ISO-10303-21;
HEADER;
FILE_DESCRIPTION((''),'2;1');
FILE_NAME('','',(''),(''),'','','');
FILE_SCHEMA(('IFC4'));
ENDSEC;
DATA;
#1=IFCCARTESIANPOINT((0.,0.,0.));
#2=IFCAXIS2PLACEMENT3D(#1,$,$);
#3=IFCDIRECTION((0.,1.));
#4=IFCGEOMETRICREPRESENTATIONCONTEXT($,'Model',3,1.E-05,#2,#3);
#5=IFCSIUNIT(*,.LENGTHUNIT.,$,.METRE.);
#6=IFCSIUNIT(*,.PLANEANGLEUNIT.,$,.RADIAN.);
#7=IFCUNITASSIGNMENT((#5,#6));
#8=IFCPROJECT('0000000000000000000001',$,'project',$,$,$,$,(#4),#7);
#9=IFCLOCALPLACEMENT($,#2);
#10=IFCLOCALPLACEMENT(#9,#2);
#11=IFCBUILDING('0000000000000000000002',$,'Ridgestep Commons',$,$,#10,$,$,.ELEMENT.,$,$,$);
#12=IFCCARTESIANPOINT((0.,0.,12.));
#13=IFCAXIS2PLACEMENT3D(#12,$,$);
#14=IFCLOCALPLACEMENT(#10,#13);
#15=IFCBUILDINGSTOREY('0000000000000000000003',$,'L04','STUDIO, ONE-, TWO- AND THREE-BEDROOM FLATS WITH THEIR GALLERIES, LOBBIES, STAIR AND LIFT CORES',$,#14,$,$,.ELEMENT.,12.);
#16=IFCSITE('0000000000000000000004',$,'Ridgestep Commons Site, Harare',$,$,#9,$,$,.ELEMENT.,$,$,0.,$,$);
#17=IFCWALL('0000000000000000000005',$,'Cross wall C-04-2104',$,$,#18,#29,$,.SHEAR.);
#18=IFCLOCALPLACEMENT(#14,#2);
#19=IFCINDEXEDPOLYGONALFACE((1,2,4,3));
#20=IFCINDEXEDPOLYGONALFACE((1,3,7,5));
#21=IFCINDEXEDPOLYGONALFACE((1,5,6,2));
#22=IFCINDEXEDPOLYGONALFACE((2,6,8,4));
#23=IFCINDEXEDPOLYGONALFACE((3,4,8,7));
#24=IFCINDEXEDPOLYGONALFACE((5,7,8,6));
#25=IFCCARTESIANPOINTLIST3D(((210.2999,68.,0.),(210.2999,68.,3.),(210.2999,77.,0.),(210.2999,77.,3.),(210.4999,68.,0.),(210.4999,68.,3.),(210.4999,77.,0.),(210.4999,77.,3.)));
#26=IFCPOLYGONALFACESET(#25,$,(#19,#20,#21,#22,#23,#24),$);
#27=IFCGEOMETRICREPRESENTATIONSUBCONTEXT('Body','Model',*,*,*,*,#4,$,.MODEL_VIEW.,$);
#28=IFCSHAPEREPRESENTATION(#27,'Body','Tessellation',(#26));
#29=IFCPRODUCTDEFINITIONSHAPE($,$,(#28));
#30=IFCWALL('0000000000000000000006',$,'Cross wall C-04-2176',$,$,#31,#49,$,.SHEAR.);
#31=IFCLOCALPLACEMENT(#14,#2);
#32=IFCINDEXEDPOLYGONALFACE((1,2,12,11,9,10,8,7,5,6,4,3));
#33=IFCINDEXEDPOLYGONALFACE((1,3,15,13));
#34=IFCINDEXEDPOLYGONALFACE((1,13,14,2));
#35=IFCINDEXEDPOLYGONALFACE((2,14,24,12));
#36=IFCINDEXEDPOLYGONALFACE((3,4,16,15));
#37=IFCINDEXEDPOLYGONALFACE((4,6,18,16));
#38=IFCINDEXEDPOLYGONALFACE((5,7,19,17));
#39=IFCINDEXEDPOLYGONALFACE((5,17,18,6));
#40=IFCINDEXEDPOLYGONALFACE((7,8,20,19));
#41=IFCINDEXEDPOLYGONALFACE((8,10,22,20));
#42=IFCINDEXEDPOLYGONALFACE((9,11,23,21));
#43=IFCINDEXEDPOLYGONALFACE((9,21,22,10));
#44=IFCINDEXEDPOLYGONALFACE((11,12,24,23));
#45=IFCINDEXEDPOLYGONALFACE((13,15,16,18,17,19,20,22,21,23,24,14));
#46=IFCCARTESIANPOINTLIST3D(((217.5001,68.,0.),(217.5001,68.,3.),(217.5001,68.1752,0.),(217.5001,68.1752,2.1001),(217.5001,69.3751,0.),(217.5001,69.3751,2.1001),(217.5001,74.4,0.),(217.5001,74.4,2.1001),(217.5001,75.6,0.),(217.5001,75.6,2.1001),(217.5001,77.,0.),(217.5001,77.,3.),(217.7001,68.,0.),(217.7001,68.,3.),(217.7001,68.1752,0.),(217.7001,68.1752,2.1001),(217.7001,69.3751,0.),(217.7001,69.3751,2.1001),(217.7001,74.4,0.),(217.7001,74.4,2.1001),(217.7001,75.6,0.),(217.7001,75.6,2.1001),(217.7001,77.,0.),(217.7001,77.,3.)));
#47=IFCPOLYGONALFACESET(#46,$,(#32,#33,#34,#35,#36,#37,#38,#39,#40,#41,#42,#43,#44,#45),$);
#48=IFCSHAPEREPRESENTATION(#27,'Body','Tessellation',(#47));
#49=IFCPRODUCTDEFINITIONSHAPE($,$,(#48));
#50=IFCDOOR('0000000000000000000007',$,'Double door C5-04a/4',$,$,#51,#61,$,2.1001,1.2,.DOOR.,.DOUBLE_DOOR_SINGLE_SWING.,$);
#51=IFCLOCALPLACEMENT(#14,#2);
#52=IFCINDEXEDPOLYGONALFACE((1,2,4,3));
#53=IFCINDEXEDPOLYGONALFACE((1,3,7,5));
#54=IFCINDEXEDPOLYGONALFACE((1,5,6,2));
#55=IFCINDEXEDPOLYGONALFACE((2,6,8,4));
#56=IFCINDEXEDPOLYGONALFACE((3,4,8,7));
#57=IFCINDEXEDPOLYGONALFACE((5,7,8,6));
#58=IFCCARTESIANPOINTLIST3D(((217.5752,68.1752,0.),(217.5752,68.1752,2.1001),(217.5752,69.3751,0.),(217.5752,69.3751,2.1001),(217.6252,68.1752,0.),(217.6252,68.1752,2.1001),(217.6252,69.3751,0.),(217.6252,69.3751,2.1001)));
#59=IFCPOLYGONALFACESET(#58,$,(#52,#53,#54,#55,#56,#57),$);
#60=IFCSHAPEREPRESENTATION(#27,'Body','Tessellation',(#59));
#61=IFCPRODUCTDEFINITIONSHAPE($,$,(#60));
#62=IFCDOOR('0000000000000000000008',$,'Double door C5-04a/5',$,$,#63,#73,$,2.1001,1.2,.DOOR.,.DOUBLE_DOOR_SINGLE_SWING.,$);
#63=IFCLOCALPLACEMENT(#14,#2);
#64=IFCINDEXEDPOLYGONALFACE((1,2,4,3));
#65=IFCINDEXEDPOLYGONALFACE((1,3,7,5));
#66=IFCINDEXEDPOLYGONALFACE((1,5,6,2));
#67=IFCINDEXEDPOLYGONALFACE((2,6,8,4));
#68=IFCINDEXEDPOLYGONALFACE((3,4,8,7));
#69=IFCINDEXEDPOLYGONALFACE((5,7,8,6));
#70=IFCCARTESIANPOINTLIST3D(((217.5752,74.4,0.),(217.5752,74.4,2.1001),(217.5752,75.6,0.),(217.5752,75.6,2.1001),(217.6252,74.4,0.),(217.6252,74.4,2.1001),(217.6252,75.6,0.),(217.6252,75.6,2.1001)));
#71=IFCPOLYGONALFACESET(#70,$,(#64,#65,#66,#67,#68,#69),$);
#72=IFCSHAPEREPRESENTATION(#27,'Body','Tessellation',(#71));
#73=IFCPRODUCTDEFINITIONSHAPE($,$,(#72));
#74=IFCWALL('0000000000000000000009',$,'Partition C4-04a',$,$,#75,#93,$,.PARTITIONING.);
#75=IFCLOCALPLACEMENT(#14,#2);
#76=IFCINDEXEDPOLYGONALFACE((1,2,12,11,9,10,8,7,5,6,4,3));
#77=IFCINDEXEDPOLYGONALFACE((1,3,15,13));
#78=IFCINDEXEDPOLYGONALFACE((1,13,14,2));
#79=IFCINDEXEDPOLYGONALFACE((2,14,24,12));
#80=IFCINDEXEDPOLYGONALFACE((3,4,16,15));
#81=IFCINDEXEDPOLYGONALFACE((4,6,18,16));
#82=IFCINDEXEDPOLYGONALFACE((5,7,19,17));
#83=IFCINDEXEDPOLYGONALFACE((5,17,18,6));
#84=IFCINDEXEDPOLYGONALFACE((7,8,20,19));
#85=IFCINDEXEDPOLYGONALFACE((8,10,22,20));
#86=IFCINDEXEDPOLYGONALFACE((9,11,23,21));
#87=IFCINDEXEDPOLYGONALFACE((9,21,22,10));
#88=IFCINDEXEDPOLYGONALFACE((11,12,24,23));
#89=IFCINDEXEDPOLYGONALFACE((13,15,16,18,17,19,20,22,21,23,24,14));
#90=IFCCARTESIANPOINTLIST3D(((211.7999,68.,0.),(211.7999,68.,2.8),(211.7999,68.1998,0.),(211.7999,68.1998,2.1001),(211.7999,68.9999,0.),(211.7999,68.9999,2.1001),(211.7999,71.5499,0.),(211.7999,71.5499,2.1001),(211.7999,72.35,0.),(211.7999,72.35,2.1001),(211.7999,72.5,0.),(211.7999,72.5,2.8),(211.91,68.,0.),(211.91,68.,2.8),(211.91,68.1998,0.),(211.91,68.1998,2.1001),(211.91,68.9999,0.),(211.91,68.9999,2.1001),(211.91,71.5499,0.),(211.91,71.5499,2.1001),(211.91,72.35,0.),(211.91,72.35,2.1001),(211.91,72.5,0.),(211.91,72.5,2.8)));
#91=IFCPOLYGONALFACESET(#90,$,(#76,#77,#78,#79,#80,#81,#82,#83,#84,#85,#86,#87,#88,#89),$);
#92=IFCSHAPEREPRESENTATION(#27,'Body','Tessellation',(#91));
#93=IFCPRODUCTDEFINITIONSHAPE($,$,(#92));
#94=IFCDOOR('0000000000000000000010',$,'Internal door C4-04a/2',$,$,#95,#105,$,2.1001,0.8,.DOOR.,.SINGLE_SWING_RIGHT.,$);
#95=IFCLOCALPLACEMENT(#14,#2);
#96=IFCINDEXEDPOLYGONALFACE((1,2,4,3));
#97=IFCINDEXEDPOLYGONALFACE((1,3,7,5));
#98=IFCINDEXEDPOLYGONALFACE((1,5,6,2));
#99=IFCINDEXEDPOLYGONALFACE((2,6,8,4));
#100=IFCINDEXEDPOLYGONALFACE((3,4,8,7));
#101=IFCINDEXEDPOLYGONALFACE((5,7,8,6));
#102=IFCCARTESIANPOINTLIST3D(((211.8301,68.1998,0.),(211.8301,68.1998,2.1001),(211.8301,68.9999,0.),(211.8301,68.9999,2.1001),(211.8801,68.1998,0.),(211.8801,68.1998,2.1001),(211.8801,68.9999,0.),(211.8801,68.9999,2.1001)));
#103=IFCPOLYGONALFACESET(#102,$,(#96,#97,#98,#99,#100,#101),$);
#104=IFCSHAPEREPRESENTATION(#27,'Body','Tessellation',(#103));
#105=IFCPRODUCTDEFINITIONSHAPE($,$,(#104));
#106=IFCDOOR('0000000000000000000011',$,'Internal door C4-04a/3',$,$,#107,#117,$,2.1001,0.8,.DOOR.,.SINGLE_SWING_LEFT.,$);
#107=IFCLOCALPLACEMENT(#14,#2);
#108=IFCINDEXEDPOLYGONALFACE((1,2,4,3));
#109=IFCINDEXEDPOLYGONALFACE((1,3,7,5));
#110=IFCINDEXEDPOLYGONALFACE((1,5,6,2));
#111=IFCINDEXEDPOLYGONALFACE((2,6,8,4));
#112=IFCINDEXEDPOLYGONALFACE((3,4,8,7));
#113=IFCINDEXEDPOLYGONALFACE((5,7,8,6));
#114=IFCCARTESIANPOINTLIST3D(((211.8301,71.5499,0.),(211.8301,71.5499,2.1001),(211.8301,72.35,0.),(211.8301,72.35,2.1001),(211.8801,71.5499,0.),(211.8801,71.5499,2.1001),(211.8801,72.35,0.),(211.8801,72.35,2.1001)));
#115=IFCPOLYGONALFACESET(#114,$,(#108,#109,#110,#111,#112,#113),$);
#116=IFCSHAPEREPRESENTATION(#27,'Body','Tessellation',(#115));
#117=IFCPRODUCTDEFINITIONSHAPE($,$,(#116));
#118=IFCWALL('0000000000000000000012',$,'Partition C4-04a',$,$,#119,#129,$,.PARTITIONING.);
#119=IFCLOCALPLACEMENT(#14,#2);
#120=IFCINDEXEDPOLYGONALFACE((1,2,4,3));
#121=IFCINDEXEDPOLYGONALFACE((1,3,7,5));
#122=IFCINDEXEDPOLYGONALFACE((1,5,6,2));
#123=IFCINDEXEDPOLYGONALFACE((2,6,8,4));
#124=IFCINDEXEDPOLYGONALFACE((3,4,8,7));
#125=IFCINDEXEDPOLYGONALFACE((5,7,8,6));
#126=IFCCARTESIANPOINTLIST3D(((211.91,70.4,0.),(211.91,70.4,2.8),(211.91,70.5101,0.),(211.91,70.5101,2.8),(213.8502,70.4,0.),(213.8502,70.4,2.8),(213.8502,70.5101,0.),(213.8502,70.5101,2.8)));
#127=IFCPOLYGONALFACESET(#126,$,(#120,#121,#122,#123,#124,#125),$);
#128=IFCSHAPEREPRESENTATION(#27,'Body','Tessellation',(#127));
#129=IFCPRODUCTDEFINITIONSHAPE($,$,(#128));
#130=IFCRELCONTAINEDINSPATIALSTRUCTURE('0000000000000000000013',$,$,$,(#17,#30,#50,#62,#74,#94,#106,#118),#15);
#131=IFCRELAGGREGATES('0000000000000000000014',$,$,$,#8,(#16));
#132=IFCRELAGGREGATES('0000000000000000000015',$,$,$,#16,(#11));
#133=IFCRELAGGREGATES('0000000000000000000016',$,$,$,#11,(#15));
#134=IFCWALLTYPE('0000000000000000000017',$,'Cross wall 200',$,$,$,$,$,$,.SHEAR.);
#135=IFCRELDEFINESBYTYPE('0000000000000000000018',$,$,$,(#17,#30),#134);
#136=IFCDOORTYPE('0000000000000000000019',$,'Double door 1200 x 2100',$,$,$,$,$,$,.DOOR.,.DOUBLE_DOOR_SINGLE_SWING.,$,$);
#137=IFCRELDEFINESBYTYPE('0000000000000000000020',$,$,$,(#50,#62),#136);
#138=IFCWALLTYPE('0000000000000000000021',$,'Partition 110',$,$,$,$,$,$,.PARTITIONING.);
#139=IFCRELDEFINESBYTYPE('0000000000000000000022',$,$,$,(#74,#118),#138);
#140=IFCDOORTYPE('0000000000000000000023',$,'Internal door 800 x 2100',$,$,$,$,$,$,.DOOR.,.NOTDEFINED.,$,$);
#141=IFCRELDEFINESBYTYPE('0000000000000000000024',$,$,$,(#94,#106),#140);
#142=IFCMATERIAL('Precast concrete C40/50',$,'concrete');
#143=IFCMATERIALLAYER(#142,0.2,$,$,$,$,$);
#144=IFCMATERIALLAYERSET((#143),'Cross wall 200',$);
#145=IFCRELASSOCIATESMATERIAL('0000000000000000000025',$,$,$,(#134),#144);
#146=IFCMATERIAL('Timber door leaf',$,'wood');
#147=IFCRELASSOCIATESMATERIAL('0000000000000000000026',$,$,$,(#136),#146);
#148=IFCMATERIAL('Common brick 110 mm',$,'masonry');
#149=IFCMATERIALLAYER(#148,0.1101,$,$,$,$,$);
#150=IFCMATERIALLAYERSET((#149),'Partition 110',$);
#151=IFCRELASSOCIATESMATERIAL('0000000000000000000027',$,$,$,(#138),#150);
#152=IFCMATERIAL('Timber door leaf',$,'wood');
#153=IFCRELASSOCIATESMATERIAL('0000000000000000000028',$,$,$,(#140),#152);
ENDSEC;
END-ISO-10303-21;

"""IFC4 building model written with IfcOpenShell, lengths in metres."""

from ifc_helpers import new_model, si_unit, direction, frame, frame_2d, origin, place, context, subcontext, project, spatial, rectangle, extrude, material, layer, layer_set, type_object, element, fill, save


model = new_model("IFC4")

# Units and contexts
model_context = context("Model", 3, precision=1e-05, world=origin(), true_north=direction((0.0, 1.0)))
body_context = subcontext(model_context, "Body", "Model", "MODEL_VIEW")
ifc_project = project(units=[si_unit("LENGTHUNIT", "METRE"), si_unit("PLANEANGLEUNIT", "RADIAN")], contexts=[model_context])

# Site, building, storey
site_placement = place(None, origin())
site = spatial("IfcSite", under=ifc_project, at=site_placement, Name="Ridgestep Commons Site, Harare", CompositionType="ELEMENT", RefElevation=0.0)
building_placement = place(site_placement, origin())
building = spatial("IfcBuilding", under=site, at=building_placement, Name="Ridgestep Commons", CompositionType="ELEMENT")
storey_placement = place(building_placement, frame((0.0, 0.0, 12.0)))
storey = spatial("IfcBuildingStorey", under=building, at=storey_placement, Name="L04", Description="STUDIO, ONE-, TWO- AND THREE-BEDROOM FLATS WITH THEIR GALLERIES, LOBBIES, STAIR AND LIFT CORES", CompositionType="ELEMENT", Elevation=12.0)

# Wall
ifc_material_1 = material(Name="Precast concrete C40/50", Category="concrete")
ifc_layer_1 = layer(ifc_material_1, 0.2)
ifc_layer_set_1 = layer_set([ifc_layer_1], Name="Cross wall 200")
wall_type_1 = type_object("IfcWallType", Name="Cross wall 200", PredefinedType="SHEAR", material=ifc_layer_set_1)
wall_1_placement = place(storey_placement, frame((210.3999, 68.0, 0.0), z_axis=(0.0, 0.0, 1.0), x_axis=(0.0, 1.0, 0.0)))
element("IfcWall", 1, at=wall_1_placement, inside=storey, type_object=wall_type_1, Name="Cross wall C-04-2104", PredefinedType="SHEAR", context=body_context, shape_type="SweptSolid", body=[
    extrude(rectangle(XDim=9.0, YDim=0.2, at=frame_2d((4.5, 0.0))), origin(), (0.0, 0.0, 1.0), 3.0),
])

# Walls, openings, doors
wall_2_placement = place(storey_placement, frame((217.6001, 68.0, 0.0), z_axis=(0.0, 0.0, 1.0), x_axis=(0.0, 1.0, 0.0)))
wall_2 = element("IfcWall", 2, at=wall_2_placement, inside=storey, type_object=wall_type_1, Name="Cross wall C-04-2176", PredefinedType="SHEAR", context=body_context, shape_type="SweptSolid", body=[
    extrude(rectangle(XDim=9.0, YDim=0.2, at=frame_2d((4.5, 0.0))), origin(), (0.0, 0.0, 1.0), 3.0),
])
opening_1_placement = place(wall_2_placement, frame((0.175, 0.0, 0.0)))
opening_1 = element("IfcOpeningElement", 3, at=opening_1_placement, cuts=wall_2, PredefinedType="OPENING", context=body_context, shape_type="SweptSolid", body=[
    extrude(rectangle(XDim=1.2, YDim=2.1001, at=frame_2d((0.6001, 1.05))), frame((0.0, 0.1099, 0.0), z_axis=(0.0, -1.0, 0.0), x_axis=(1.0, 0.0, 0.0)), (0.0, 0.0, 1.0), 0.22),
])
opening_2_placement = place(wall_2_placement, frame((6.3999, 0.0, 0.0)))
opening_2 = element("IfcOpeningElement", 4, at=opening_2_placement, cuts=wall_2, PredefinedType="OPENING", context=body_context, shape_type="SweptSolid", body=[
    extrude(rectangle(XDim=1.2, YDim=2.1001, at=frame_2d((0.6001, 1.05))), frame((0.0, 0.1099, 0.0), z_axis=(0.0, -1.0, 0.0), x_axis=(1.0, 0.0, 0.0)), (0.0, 0.0, 1.0), 0.22),
])
ifc_material_2 = material(Name="Timber door leaf", Category="wood")
door_type_1 = type_object("IfcDoorType", Name="Double door 1200 x 2100", OperationType="DOUBLE_DOOR_SINGLE_SWING", PredefinedType="DOOR", material=ifc_material_2)
door_1_placement = place(opening_1_placement, origin())
door_1 = element("IfcDoor", 5, at=door_1_placement, inside=storey, type_object=door_type_1, Name="Double door C5-04a/4", OperationType="DOUBLE_DOOR_SINGLE_SWING", OverallHeight=2.1001, OverallWidth=1.2, PredefinedType="DOOR", context=body_context, shape_type="SweptSolid", body=[
    extrude(rectangle(XDim=1.2, YDim=2.1001, at=frame_2d((0.6001, 1.05))), frame((0.0, 0.0249, 0.0), z_axis=(0.0, -1.0, 0.0), x_axis=(1.0, 0.0, 0.0)), (0.0, 0.0, 1.0), 0.05),
])
fill(opening_1, door_1)
door_2_placement = place(opening_2_placement, origin())
door_2 = element("IfcDoor", 6, at=door_2_placement, inside=storey, type_object=door_type_1, Name="Double door C5-04a/5", OperationType="DOUBLE_DOOR_SINGLE_SWING", OverallHeight=2.1001, OverallWidth=1.2, PredefinedType="DOOR", context=body_context, shape_type="SweptSolid", body=[
    extrude(rectangle(XDim=1.2, YDim=2.1001, at=frame_2d((0.6001, 1.05))), frame((0.0, 0.0249, 0.0), z_axis=(0.0, -1.0, 0.0), x_axis=(1.0, 0.0, 0.0)), (0.0, 0.0, 1.0), 0.05),
])
fill(opening_2, door_2)
ifc_material_3 = material(Name="Common brick 110 mm", Category="masonry")
ifc_layer_2 = layer(ifc_material_3, 0.1101)
ifc_layer_set_2 = layer_set([ifc_layer_2], Name="Partition 110")
wall_type_2 = type_object("IfcWallType", Name="Partition 110", PredefinedType="PARTITIONING", material=ifc_layer_set_2)
wall_3_placement = place(storey_placement, frame((211.855, 68.0, 0.0), z_axis=(0.0, 0.0, 1.0), x_axis=(0.0, 1.0, 0.0)))
wall_3 = element("IfcWall", 7, at=wall_3_placement, inside=storey, type_object=wall_type_2, Name="Partition C4-04a", PredefinedType="PARTITIONING", context=body_context, shape_type="SweptSolid", body=[
    extrude(rectangle(XDim=4.5, YDim=0.1101, at=frame_2d((2.25, 0.0))), origin(), (0.0, 0.0, 1.0), 2.8),
])
opening_3_placement = place(wall_3_placement, frame((0.2, 0.0, 0.0)))
opening_3 = element("IfcOpeningElement", 8, at=opening_3_placement, cuts=wall_3, PredefinedType="OPENING", context=body_context, shape_type="SweptSolid", body=[
    extrude(rectangle(XDim=0.8, YDim=2.1001, at=frame_2d((0.3999, 1.05))), frame((0.0, 0.0649, 0.0), z_axis=(0.0, -1.0, 0.0), x_axis=(1.0, 0.0, 0.0)), (0.0, 0.0, 1.0), 0.1301),
])
opening_4_placement = place(wall_3_placement, frame((3.55, 0.0, 0.0)))
opening_4 = element("IfcOpeningElement", 9, at=opening_4_placement, cuts=wall_3, PredefinedType="OPENING", context=body_context, shape_type="SweptSolid", body=[
    extrude(rectangle(XDim=0.8, YDim=2.1001, at=frame_2d((0.3999, 1.05))), frame((0.0, 0.0649, 0.0), z_axis=(0.0, -1.0, 0.0), x_axis=(1.0, 0.0, 0.0)), (0.0, 0.0, 1.0), 0.1301),
])
ifc_material_4 = material(Name="Timber door leaf", Category="wood")
door_type_2 = type_object("IfcDoorType", Name="Internal door 800 x 2100", OperationType="NOTDEFINED", PredefinedType="DOOR", material=ifc_material_4)
door_3_placement = place(opening_3_placement, origin())
door_3 = element("IfcDoor", 10, at=door_3_placement, inside=storey, type_object=door_type_2, Name="Internal door C4-04a/2", OperationType="SINGLE_SWING_RIGHT", OverallHeight=2.1001, OverallWidth=0.8, PredefinedType="DOOR", context=body_context, shape_type="SweptSolid", body=[
    extrude(rectangle(XDim=0.8, YDim=2.1001, at=frame_2d((0.3999, 1.05))), frame((0.0, 0.0249, 0.0), z_axis=(0.0, -1.0, 0.0), x_axis=(1.0, 0.0, 0.0)), (0.0, 0.0, 1.0), 0.05),
])
fill(opening_3, door_3)
door_4_placement = place(opening_4_placement, origin())
door_4 = element("IfcDoor", 11, at=door_4_placement, inside=storey, type_object=door_type_2, Name="Internal door C4-04a/3", OperationType="SINGLE_SWING_LEFT", OverallHeight=2.1001, OverallWidth=0.8, PredefinedType="DOOR", context=body_context, shape_type="SweptSolid", body=[
    extrude(rectangle(XDim=0.8, YDim=2.1001, at=frame_2d((0.3999, 1.05))), frame((0.0, 0.0249, 0.0), z_axis=(0.0, -1.0, 0.0), x_axis=(1.0, 0.0, 0.0)), (0.0, 0.0, 1.0), 0.05),
])
fill(opening_4, door_4)

# Wall
wall_4_placement = place(storey_placement, frame((211.9099, 70.4551, 0.0), z_axis=(0.0, 0.0, 1.0), x_axis=(1.0, 0.0, 0.0)))
element("IfcWall", 12, at=wall_4_placement, inside=storey, type_object=wall_type_2, Name="Partition C4-04a", PredefinedType="PARTITIONING", context=body_context, shape_type="SweptSolid", body=[
    extrude(rectangle(XDim=1.9402, YDim=0.1101, at=frame_2d((0.9702, 0.0))), origin(), (0.0, 0.0, 1.0), 2.8),
])

save(model, "model.ifc")
